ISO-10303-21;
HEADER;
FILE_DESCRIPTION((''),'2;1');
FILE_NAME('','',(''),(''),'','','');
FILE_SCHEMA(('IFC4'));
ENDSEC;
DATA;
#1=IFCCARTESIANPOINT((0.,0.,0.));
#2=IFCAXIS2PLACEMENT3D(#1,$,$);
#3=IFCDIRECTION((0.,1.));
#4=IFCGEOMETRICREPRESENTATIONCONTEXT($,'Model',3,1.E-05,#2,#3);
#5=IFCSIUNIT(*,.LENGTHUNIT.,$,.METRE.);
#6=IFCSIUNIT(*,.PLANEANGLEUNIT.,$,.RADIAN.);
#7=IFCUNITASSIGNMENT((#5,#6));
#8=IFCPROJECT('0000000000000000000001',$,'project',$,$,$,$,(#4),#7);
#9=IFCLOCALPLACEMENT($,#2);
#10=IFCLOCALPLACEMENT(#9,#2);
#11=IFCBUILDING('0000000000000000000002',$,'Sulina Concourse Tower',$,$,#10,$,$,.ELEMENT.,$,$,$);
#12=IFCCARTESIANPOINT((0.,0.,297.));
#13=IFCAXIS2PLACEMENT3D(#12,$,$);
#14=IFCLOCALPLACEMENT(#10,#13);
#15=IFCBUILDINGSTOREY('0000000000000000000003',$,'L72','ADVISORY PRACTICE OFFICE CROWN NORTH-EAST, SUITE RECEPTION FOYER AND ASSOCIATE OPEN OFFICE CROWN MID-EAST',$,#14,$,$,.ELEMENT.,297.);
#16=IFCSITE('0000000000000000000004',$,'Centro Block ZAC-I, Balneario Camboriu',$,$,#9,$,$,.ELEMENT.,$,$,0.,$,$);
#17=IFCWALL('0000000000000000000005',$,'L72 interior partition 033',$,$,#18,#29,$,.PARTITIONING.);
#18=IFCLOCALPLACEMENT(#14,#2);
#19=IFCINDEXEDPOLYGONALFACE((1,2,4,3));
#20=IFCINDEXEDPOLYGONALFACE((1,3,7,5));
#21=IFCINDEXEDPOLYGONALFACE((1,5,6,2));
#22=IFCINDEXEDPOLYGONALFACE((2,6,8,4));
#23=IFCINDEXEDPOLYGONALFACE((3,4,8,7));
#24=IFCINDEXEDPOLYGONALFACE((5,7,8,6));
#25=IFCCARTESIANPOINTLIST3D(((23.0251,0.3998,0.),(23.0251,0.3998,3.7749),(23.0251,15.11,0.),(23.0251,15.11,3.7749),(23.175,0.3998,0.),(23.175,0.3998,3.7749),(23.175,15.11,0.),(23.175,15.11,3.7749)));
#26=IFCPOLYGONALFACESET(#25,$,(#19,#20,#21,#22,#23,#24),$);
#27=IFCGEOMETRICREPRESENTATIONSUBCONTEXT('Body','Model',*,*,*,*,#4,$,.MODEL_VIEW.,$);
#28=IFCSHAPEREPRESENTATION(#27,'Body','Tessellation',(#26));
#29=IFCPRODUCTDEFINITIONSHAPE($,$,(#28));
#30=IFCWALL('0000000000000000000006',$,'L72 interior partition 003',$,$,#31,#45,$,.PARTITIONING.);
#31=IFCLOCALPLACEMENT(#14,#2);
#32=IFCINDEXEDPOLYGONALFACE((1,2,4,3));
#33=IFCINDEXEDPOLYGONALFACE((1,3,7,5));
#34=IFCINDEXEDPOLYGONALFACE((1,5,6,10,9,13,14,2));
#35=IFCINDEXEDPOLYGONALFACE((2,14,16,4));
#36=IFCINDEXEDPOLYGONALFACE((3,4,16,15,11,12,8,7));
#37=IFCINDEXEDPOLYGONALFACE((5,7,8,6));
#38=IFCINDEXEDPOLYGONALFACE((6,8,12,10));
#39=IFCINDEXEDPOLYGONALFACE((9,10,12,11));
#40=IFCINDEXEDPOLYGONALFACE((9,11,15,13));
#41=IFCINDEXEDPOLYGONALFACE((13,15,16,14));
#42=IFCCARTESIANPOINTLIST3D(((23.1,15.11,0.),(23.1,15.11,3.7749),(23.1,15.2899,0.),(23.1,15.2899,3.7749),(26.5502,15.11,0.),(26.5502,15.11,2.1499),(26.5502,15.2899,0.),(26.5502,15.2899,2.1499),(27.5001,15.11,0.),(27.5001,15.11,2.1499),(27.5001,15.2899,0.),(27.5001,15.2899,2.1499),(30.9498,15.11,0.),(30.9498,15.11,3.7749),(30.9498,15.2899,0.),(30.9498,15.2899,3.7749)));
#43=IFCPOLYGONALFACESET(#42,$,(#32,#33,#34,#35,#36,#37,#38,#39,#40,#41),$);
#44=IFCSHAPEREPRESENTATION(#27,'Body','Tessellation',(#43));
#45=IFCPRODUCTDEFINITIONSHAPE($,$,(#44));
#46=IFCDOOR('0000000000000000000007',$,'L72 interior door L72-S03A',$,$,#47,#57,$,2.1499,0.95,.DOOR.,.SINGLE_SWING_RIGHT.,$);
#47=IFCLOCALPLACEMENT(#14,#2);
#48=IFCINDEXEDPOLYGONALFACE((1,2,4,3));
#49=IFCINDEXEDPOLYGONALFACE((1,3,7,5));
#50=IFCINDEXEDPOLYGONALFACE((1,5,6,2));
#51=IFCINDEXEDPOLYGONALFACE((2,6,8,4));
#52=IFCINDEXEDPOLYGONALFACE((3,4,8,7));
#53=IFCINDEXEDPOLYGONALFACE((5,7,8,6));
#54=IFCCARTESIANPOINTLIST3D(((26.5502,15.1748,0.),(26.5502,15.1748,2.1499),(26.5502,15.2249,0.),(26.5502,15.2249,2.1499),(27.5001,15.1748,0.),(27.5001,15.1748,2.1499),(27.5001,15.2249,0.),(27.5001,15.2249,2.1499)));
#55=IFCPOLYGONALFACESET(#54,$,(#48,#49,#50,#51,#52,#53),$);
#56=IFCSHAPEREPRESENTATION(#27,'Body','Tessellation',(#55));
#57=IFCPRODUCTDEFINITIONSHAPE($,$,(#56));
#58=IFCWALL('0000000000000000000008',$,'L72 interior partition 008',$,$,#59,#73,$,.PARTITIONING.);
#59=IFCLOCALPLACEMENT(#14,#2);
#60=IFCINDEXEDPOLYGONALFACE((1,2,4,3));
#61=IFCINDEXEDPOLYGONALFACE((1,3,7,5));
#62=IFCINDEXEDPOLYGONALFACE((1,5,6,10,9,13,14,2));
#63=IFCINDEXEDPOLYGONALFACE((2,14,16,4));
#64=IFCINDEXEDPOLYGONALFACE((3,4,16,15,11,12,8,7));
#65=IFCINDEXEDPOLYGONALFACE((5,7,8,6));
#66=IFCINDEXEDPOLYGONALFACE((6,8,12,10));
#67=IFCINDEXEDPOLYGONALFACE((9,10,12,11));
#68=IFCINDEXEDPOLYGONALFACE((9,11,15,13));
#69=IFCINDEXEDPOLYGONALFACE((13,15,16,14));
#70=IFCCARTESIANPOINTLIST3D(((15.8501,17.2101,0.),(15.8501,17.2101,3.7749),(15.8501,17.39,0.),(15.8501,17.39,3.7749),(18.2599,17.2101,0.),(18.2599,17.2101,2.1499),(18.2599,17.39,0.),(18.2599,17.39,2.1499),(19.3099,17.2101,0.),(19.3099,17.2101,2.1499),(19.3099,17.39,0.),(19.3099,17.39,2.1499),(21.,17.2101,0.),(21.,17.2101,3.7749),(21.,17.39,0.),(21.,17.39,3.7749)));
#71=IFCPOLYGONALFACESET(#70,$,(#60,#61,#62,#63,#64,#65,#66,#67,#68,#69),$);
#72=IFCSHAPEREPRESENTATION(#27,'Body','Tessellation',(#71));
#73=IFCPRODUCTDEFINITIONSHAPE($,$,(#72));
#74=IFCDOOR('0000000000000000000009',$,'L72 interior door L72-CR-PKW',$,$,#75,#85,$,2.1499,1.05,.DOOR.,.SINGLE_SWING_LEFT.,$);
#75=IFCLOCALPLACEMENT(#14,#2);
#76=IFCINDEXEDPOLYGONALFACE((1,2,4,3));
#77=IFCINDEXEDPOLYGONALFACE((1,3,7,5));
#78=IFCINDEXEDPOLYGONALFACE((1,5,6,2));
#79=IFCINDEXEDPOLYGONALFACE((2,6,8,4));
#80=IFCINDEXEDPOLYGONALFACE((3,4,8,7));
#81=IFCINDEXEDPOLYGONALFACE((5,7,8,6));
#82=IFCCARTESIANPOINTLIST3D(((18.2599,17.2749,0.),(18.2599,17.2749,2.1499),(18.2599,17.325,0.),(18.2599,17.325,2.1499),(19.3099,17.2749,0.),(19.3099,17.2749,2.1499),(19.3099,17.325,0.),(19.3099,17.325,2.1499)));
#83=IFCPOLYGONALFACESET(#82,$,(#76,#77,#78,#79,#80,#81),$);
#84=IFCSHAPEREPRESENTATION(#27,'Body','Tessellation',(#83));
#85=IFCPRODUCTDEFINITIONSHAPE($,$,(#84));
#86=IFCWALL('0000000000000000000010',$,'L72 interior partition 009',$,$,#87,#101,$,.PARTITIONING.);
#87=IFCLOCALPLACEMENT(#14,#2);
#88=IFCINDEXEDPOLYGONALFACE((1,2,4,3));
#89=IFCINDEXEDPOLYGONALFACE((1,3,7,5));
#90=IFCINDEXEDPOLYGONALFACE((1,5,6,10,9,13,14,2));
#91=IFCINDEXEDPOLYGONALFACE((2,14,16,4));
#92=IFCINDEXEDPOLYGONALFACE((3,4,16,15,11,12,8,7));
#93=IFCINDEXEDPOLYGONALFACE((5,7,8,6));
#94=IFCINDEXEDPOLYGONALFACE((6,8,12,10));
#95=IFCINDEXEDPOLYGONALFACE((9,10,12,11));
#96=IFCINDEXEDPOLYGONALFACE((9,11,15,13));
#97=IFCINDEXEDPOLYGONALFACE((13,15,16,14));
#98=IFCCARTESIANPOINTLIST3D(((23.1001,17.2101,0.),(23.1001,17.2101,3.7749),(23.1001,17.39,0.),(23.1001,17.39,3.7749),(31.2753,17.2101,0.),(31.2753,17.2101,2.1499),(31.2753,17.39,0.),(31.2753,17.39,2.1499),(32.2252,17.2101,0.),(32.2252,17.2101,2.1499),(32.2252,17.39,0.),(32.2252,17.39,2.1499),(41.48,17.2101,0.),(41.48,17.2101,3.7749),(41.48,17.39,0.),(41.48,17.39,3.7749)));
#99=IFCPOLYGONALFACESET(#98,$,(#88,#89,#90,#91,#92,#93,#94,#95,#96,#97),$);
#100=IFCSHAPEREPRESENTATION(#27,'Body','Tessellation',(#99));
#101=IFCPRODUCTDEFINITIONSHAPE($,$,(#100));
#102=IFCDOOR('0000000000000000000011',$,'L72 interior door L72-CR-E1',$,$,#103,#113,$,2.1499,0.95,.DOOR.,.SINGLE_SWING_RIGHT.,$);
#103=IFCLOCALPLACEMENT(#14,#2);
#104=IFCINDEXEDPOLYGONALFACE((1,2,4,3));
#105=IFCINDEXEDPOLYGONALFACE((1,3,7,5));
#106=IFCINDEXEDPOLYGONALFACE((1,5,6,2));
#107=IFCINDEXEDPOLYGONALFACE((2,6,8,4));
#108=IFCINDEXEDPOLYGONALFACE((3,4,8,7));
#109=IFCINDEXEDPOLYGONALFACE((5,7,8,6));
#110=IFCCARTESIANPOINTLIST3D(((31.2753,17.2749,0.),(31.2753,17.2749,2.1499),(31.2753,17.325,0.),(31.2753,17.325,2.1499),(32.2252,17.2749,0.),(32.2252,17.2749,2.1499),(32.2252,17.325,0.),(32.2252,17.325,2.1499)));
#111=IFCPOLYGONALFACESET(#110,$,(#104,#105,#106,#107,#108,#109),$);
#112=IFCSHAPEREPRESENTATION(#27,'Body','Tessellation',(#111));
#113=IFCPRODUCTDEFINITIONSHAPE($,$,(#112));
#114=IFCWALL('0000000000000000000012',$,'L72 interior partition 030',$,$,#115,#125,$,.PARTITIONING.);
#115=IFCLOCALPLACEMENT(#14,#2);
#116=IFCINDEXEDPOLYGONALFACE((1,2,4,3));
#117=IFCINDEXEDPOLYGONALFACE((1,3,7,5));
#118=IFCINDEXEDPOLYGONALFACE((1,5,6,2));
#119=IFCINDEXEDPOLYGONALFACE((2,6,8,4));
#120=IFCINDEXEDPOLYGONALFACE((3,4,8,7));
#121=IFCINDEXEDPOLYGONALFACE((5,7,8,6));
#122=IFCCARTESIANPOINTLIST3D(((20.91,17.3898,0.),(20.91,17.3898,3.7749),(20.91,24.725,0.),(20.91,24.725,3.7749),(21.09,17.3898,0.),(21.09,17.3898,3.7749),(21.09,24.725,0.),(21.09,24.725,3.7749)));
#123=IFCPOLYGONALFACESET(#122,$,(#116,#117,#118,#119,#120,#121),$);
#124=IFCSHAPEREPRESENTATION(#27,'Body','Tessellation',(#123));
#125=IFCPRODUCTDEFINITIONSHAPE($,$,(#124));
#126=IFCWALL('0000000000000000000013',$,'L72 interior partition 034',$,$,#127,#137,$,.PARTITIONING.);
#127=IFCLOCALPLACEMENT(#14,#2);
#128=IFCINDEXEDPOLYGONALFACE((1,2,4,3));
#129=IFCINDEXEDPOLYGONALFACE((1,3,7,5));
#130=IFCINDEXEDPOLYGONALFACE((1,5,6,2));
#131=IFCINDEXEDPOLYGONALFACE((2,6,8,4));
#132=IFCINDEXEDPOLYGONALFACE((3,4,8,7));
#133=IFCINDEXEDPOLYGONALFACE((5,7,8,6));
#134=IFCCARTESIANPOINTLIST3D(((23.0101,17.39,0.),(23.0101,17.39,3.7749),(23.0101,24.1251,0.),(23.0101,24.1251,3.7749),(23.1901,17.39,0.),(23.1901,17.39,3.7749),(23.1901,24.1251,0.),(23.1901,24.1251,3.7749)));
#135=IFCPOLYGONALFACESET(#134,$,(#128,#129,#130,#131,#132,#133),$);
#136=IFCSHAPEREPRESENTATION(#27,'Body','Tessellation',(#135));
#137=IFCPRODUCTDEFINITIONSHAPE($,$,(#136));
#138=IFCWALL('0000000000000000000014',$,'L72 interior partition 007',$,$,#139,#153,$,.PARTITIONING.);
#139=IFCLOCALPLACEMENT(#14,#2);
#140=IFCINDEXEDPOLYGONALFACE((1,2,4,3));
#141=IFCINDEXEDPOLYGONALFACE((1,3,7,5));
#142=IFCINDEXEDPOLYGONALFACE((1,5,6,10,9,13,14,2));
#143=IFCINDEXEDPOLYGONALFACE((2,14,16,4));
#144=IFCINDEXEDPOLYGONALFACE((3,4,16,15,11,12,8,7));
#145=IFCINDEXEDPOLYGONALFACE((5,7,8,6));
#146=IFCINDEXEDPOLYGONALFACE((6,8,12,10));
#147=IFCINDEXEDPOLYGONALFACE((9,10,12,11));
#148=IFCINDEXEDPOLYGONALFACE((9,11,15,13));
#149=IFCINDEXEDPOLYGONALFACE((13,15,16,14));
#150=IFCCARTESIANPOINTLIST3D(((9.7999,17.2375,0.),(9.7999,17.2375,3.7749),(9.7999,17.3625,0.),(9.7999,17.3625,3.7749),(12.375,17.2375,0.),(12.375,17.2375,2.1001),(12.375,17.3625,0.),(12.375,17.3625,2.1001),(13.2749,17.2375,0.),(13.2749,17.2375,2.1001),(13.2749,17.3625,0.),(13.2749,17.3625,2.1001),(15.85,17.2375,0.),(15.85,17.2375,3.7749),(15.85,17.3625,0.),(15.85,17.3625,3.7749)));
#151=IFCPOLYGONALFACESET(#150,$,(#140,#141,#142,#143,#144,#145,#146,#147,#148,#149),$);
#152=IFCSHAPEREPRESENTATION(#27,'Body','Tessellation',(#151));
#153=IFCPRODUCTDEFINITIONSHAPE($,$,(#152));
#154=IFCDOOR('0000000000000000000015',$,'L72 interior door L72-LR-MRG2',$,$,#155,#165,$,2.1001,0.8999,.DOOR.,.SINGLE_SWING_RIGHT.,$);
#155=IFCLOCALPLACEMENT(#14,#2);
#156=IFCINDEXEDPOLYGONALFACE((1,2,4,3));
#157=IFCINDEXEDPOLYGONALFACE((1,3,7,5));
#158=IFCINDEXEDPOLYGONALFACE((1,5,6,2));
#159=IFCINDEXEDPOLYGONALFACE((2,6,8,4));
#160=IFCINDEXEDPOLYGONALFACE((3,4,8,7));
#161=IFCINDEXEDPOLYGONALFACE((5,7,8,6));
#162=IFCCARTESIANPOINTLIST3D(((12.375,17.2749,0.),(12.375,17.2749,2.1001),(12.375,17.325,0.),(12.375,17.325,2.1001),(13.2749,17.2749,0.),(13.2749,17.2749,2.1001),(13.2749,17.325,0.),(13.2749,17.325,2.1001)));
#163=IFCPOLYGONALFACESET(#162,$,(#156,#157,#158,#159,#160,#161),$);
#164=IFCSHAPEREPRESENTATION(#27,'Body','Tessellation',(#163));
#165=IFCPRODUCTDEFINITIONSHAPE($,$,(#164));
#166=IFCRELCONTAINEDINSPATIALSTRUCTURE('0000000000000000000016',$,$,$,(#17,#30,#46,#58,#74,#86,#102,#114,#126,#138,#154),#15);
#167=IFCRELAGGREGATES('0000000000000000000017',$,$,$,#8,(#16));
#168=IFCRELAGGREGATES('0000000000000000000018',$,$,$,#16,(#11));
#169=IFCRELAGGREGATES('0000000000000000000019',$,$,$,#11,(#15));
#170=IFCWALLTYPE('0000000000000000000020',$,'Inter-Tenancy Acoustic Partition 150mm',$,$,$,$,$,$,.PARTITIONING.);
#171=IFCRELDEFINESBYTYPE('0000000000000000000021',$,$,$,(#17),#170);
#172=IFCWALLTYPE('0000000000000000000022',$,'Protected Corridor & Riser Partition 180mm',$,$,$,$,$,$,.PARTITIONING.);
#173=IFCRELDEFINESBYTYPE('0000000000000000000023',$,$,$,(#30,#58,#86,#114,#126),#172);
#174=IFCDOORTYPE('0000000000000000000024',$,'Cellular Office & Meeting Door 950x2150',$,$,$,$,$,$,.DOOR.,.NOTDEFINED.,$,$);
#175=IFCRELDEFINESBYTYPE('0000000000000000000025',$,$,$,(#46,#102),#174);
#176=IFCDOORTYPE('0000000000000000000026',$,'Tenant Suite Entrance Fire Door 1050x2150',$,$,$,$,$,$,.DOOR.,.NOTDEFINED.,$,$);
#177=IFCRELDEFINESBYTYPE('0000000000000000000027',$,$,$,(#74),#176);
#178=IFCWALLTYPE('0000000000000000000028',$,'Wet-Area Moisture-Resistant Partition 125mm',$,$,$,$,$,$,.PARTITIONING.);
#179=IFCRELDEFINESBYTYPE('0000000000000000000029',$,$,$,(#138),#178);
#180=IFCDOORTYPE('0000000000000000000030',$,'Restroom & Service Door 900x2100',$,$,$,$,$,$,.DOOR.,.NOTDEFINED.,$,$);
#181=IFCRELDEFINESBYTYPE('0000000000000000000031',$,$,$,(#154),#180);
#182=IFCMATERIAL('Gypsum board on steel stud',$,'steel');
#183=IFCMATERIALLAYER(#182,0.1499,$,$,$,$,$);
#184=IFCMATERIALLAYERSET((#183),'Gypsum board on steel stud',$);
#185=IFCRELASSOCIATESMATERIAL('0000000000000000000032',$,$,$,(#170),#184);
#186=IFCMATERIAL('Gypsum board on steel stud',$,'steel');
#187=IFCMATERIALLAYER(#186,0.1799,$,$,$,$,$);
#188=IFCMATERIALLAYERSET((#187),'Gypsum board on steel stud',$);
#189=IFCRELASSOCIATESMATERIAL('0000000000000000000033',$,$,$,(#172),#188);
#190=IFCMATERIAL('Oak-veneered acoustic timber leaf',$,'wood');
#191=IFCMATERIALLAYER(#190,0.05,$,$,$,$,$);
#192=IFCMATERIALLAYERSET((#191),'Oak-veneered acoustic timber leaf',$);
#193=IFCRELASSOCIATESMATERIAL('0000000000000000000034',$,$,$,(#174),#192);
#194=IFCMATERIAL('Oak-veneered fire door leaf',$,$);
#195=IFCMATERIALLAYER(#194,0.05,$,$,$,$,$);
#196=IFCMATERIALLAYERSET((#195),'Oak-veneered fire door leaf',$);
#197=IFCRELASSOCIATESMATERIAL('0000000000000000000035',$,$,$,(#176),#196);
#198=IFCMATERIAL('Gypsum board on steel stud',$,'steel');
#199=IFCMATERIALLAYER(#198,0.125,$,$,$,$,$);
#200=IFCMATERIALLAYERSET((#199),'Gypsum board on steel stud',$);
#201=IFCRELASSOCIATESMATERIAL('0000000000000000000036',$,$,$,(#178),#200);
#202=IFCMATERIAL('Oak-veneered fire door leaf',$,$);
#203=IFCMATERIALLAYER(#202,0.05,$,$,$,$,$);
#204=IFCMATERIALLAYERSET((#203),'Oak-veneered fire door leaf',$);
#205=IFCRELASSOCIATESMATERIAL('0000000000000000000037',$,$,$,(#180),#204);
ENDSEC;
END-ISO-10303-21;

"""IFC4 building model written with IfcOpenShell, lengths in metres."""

from ifc_helpers import new_model, si_unit, direction, frame, frame_2d, origin, place, context, subcontext, project, spatial, rectangle, extrude, material, layer, layer_set, type_object, element, fill, save


model = new_model("IFC4")

# Units and contexts
model_context = context("Model", 3, precision=1e-05, world=origin(), true_north=direction((0.0, 1.0)))
body_context = subcontext(model_context, "Body", "Model", "MODEL_VIEW")
ifc_project = project(units=[si_unit("LENGTHUNIT", "METRE"), si_unit("PLANEANGLEUNIT", "RADIAN")], contexts=[model_context])

# Site, building, storey
site_placement = place(None, origin())
site = spatial("IfcSite", under=ifc_project, at=site_placement, Name="Centro Block ZAC-I, Balneario Camboriu", CompositionType="ELEMENT", RefElevation=0.0)
building_placement = place(site_placement, origin())
building = spatial("IfcBuilding", under=site, at=building_placement, Name="Sulina Concourse Tower", CompositionType="ELEMENT")
storey_placement = place(building_placement, frame((0.0, 0.0, 297.0)))
storey = spatial("IfcBuildingStorey", under=building, at=storey_placement, Name="L72", Description="ADVISORY PRACTICE OFFICE CROWN NORTH-EAST, SUITE RECEPTION FOYER AND ASSOCIATE OPEN OFFICE CROWN MID-EAST", CompositionType="ELEMENT", Elevation=297.0)

# Wall
ifc_material_1 = material(Name="Gypsum board on steel stud", Category="steel")
ifc_layer_1 = layer(ifc_material_1, 0.1499)
ifc_layer_set_1 = layer_set([ifc_layer_1], Name="Gypsum board on steel stud")
wall_type_1 = type_object("IfcWallType", Name="Inter-Tenancy Acoustic Partition 150mm", PredefinedType="PARTITIONING", material=ifc_layer_set_1)
wall_1_placement = place(storey_placement, frame((23.1001, 0.3999, 0.0), z_axis=(0.0, 0.0, 1.0), x_axis=(0.0, 1.0, 0.0)))
element("IfcWall", 1, at=wall_1_placement, inside=storey, type_object=wall_type_1, Name="L72 interior partition 033", PredefinedType="PARTITIONING", context=body_context, shape_type="SweptSolid", body=[
    extrude(rectangle(XDim=14.7102, YDim=0.1499, at=frame_2d((7.355, 0.0))), origin(), (0.0, 0.0, 1.0), 3.7749),
])

# Walls, openings, doors
ifc_material_2 = material(Name="Gypsum board on steel stud", Category="steel")
ifc_layer_2 = layer(ifc_material_2, 0.1799)
ifc_layer_set_2 = layer_set([ifc_layer_2], Name="Gypsum board on steel stud")
wall_type_2 = type_object("IfcWallType", Name="Protected Corridor & Riser Partition 180mm", PredefinedType="PARTITIONING", material=ifc_layer_set_2)
wall_2_placement = place(storey_placement, frame((23.1001, 15.2, 0.0), z_axis=(0.0, 0.0, 1.0), x_axis=(1.0, 0.0, 0.0)))
wall_2 = element("IfcWall", 2, at=wall_2_placement, inside=storey, type_object=wall_type_2, Name="L72 interior partition 003", PredefinedType="PARTITIONING", context=body_context, shape_type="SweptSolid", body=[
    extrude(rectangle(XDim=7.8499, YDim=0.1799, at=frame_2d((3.9248, 0.0))), origin(), (0.0, 0.0, 1.0), 3.7749),
])
opening_1_placement = place(wall_2_placement, frame((3.45, 0.0, 0.0)))
opening_1 = element("IfcOpeningElement", 3, at=opening_1_placement, cuts=wall_2, PredefinedType="OPENING", context=body_context, shape_type="SweptSolid", body=[
    extrude(rectangle(XDim=0.95, YDim=2.1499, at=frame_2d((0.4751, 1.075))), frame((0.0, 0.0999, 0.0), z_axis=(0.0, -1.0, 0.0), x_axis=(1.0, 0.0, 0.0)), (0.0, 0.0, 1.0), 0.2),
])
ifc_material_3 = material(Name="Oak-veneered acoustic timber leaf", Category="wood")
ifc_layer_3 = layer(ifc_material_3, 0.05)
ifc_layer_set_3 = layer_set([ifc_layer_3], Name="Oak-veneered acoustic timber leaf")
door_type_1 = type_object("IfcDoorType", Name="Cellular Office & Meeting Door 950x2150", OperationType="NOTDEFINED", PredefinedType="DOOR", material=ifc_layer_set_3)
door_1_placement = place(opening_1_placement, origin())
door_1 = element("IfcDoor", 4, at=door_1_placement, inside=storey, type_object=door_type_1, Name="L72 interior door L72-S03A", OperationType="SINGLE_SWING_RIGHT", OverallHeight=2.1499, OverallWidth=0.95, PredefinedType="DOOR", context=body_context, shape_type="SweptSolid", body=[
    extrude(rectangle(XDim=0.95, YDim=2.1499, at=frame_2d((0.4751, 1.075))), frame((0.0, 0.0249, 0.0), z_axis=(0.0, -1.0, 0.0), x_axis=(1.0, 0.0, 0.0)), (0.0, 0.0, 1.0), 0.05),
])
fill(opening_1, door_1)
wall_3_placement = place(storey_placement, frame((15.8501, 17.3, 0.0), z_axis=(0.0, 0.0, 1.0), x_axis=(1.0, 0.0, 0.0)))
wall_3 = element("IfcWall", 5, at=wall_3_placement, inside=storey, type_object=wall_type_2, Name="L72 interior partition 008", PredefinedType="PARTITIONING", context=body_context, shape_type="SweptSolid", body=[
    extrude(rectangle(XDim=5.1499, YDim=0.1799, at=frame_2d((2.575, 0.0))), origin(), (0.0, 0.0, 1.0), 3.7749),
])
opening_2_placement = place(wall_3_placement, frame((2.4099, 0.0, 0.0)))
opening_2 = element("IfcOpeningElement", 6, at=opening_2_placement, cuts=wall_3, PredefinedType="OPENING", context=body_context, shape_type="SweptSolid", body=[
    extrude(rectangle(XDim=1.05, YDim=2.1499, at=frame_2d((0.5249, 1.075))), frame((0.0, 0.0999, 0.0), z_axis=(0.0, -1.0, 0.0), x_axis=(1.0, 0.0, 0.0)), (0.0, 0.0, 1.0), 0.2),
])
ifc_material_4 = material(Name="Oak-veneered fire door leaf")
ifc_layer_4 = layer(ifc_material_4, 0.05)
ifc_layer_set_4 = layer_set([ifc_layer_4], Name="Oak-veneered fire door leaf")
door_type_2 = type_object("IfcDoorType", Name="Tenant Suite Entrance Fire Door 1050x2150", OperationType="NOTDEFINED", PredefinedType="DOOR", material=ifc_layer_set_4)
door_2_placement = place(opening_2_placement, origin())
door_2 = element("IfcDoor", 7, at=door_2_placement, inside=storey, type_object=door_type_2, Name="L72 interior door L72-CR-PKW", OperationType="SINGLE_SWING_LEFT", OverallHeight=2.1499, OverallWidth=1.05, PredefinedType="DOOR", context=body_context, shape_type="SweptSolid", body=[
    extrude(rectangle(XDim=1.05, YDim=2.1499, at=frame_2d((0.5249, 1.075))), frame((0.0, 0.0249, 0.0), z_axis=(0.0, -1.0, 0.0), x_axis=(1.0, 0.0, 0.0)), (0.0, 0.0, 1.0), 0.05),
])
fill(opening_2, door_2)
wall_4_placement = place(storey_placement, frame((23.1001, 17.3, 0.0), z_axis=(0.0, 0.0, 1.0), x_axis=(1.0, 0.0, 0.0)))
wall_4 = element("IfcWall", 8, at=wall_4_placement, inside=storey, type_object=wall_type_2, Name="L72 interior partition 009", PredefinedType="PARTITIONING", context=body_context, shape_type="SweptSolid", body=[
    extrude(rectangle(XDim=18.3799, YDim=0.1799, at=frame_2d((9.1899, 0.0))), origin(), (0.0, 0.0, 1.0), 3.7749),
])
opening_3_placement = place(wall_4_placement, frame((8.175, 0.0, 0.0)))
opening_3 = element("IfcOpeningElement", 9, at=opening_3_placement, cuts=wall_4, PredefinedType="OPENING", context=body_context, shape_type="SweptSolid", body=[
    extrude(rectangle(XDim=0.95, YDim=2.1499, at=frame_2d((0.4751, 1.075))), frame((0.0, 0.0999, 0.0), z_axis=(0.0, -1.0, 0.0), x_axis=(1.0, 0.0, 0.0)), (0.0, 0.0, 1.0), 0.2),
])
door_3_placement = place(opening_3_placement, origin())
door_3 = element("IfcDoor", 10, at=door_3_placement, inside=storey, type_object=door_type_1, Name="L72 interior door L72-CR-E1", OperationType="SINGLE_SWING_RIGHT", OverallHeight=2.1499, OverallWidth=0.95, PredefinedType="DOOR", context=body_context, shape_type="SweptSolid", body=[
    extrude(rectangle(XDim=0.95, YDim=2.1499, at=frame_2d((0.4751, 1.075))), frame((0.0, 0.0249, 0.0), z_axis=(0.0, -1.0, 0.0), x_axis=(1.0, 0.0, 0.0)), (0.0, 0.0, 1.0), 0.05),
])
fill(opening_3, door_3)

# Walls
wall_5_placement = place(storey_placement, frame((21.0, 17.3899, 0.0), z_axis=(0.0, 0.0, 1.0), x_axis=(0.0, 1.0, 0.0)))
element("IfcWall", 11, at=wall_5_placement, inside=storey, type_object=wall_type_2, Name="L72 interior partition 030", PredefinedType="PARTITIONING", context=body_context, shape_type="SweptSolid", body=[
    extrude(rectangle(XDim=7.3352, YDim=0.1799, at=frame_2d((3.6675, 0.0))), origin(), (0.0, 0.0, 1.0), 3.7749),
])
wall_6_placement = place(storey_placement, frame((23.1001, 17.3899, 0.0), z_axis=(0.0, 0.0, 1.0), x_axis=(0.0, 1.0, 0.0)))
element("IfcWall", 12, at=wall_6_placement, inside=storey, type_object=wall_type_2, Name="L72 interior partition 034", PredefinedType="PARTITIONING", context=body_context, shape_type="SweptSolid", body=[
    extrude(rectangle(XDim=6.7351, YDim=0.1799, at=frame_2d((3.3677, 0.0))), origin(), (0.0, 0.0, 1.0), 3.7749),
])

# Wall, opening, door
ifc_material_5 = material(Name="Gypsum board on steel stud", Category="steel")
ifc_layer_5 = layer(ifc_material_5, 0.125)
ifc_layer_set_5 = layer_set([ifc_layer_5], Name="Gypsum board on steel stud")
wall_type_3 = type_object("IfcWallType", Name="Wet-Area Moisture-Resistant Partition 125mm", PredefinedType="PARTITIONING", material=ifc_layer_set_5)
wall_7_placement = place(storey_placement, frame((9.8, 17.3, 0.0), z_axis=(0.0, 0.0, 1.0), x_axis=(1.0, 0.0, 0.0)))
wall_7 = element("IfcWall", 13, at=wall_7_placement, inside=storey, type_object=wall_type_3, Name="L72 interior partition 007", PredefinedType="PARTITIONING", context=body_context, shape_type="SweptSolid", body=[
    extrude(rectangle(XDim=6.05, YDim=0.125, at=frame_2d((3.0249, 0.0))), origin(), (0.0, 0.0, 1.0), 3.7749),
])
opening_4_placement = place(wall_7_placement, frame((2.575, 0.0, 0.0)))
opening_4 = element("IfcOpeningElement", 14, at=opening_4_placement, cuts=wall_7, PredefinedType="OPENING", context=body_context, shape_type="SweptSolid", body=[
    extrude(rectangle(XDim=0.8999, YDim=2.1001, at=frame_2d((0.45, 1.05))), frame((0.0, 0.0725, 0.0), z_axis=(0.0, -1.0, 0.0), x_axis=(1.0, 0.0, 0.0)), (0.0, 0.0, 1.0), 0.145),
])
ifc_material_6 = material(Name="Oak-veneered fire door leaf")
ifc_layer_6 = layer(ifc_material_6, 0.05)
ifc_layer_set_6 = layer_set([ifc_layer_6], Name="Oak-veneered fire door leaf")
door_type_3 = type_object("IfcDoorType", Name="Restroom & Service Door 900x2100", OperationType="NOTDEFINED", PredefinedType="DOOR", material=ifc_layer_set_6)
door_4_placement = place(opening_4_placement, origin())
door_4 = element("IfcDoor", 15, at=door_4_placement, inside=storey, type_object=door_type_3, Name="L72 interior door L72-LR-MRG2", OperationType="SINGLE_SWING_RIGHT", OverallHeight=2.1001, OverallWidth=0.8999, PredefinedType="DOOR", context=body_context, shape_type="SweptSolid", body=[
    extrude(rectangle(XDim=0.8999, YDim=2.1001, at=frame_2d((0.45, 1.05))), frame((0.0, 0.0249, 0.0), z_axis=(0.0, -1.0, 0.0), x_axis=(1.0, 0.0, 0.0)), (0.0, 0.0, 1.0), 0.05),
])
fill(opening_4, door_4)

save(model, "model.ifc")
